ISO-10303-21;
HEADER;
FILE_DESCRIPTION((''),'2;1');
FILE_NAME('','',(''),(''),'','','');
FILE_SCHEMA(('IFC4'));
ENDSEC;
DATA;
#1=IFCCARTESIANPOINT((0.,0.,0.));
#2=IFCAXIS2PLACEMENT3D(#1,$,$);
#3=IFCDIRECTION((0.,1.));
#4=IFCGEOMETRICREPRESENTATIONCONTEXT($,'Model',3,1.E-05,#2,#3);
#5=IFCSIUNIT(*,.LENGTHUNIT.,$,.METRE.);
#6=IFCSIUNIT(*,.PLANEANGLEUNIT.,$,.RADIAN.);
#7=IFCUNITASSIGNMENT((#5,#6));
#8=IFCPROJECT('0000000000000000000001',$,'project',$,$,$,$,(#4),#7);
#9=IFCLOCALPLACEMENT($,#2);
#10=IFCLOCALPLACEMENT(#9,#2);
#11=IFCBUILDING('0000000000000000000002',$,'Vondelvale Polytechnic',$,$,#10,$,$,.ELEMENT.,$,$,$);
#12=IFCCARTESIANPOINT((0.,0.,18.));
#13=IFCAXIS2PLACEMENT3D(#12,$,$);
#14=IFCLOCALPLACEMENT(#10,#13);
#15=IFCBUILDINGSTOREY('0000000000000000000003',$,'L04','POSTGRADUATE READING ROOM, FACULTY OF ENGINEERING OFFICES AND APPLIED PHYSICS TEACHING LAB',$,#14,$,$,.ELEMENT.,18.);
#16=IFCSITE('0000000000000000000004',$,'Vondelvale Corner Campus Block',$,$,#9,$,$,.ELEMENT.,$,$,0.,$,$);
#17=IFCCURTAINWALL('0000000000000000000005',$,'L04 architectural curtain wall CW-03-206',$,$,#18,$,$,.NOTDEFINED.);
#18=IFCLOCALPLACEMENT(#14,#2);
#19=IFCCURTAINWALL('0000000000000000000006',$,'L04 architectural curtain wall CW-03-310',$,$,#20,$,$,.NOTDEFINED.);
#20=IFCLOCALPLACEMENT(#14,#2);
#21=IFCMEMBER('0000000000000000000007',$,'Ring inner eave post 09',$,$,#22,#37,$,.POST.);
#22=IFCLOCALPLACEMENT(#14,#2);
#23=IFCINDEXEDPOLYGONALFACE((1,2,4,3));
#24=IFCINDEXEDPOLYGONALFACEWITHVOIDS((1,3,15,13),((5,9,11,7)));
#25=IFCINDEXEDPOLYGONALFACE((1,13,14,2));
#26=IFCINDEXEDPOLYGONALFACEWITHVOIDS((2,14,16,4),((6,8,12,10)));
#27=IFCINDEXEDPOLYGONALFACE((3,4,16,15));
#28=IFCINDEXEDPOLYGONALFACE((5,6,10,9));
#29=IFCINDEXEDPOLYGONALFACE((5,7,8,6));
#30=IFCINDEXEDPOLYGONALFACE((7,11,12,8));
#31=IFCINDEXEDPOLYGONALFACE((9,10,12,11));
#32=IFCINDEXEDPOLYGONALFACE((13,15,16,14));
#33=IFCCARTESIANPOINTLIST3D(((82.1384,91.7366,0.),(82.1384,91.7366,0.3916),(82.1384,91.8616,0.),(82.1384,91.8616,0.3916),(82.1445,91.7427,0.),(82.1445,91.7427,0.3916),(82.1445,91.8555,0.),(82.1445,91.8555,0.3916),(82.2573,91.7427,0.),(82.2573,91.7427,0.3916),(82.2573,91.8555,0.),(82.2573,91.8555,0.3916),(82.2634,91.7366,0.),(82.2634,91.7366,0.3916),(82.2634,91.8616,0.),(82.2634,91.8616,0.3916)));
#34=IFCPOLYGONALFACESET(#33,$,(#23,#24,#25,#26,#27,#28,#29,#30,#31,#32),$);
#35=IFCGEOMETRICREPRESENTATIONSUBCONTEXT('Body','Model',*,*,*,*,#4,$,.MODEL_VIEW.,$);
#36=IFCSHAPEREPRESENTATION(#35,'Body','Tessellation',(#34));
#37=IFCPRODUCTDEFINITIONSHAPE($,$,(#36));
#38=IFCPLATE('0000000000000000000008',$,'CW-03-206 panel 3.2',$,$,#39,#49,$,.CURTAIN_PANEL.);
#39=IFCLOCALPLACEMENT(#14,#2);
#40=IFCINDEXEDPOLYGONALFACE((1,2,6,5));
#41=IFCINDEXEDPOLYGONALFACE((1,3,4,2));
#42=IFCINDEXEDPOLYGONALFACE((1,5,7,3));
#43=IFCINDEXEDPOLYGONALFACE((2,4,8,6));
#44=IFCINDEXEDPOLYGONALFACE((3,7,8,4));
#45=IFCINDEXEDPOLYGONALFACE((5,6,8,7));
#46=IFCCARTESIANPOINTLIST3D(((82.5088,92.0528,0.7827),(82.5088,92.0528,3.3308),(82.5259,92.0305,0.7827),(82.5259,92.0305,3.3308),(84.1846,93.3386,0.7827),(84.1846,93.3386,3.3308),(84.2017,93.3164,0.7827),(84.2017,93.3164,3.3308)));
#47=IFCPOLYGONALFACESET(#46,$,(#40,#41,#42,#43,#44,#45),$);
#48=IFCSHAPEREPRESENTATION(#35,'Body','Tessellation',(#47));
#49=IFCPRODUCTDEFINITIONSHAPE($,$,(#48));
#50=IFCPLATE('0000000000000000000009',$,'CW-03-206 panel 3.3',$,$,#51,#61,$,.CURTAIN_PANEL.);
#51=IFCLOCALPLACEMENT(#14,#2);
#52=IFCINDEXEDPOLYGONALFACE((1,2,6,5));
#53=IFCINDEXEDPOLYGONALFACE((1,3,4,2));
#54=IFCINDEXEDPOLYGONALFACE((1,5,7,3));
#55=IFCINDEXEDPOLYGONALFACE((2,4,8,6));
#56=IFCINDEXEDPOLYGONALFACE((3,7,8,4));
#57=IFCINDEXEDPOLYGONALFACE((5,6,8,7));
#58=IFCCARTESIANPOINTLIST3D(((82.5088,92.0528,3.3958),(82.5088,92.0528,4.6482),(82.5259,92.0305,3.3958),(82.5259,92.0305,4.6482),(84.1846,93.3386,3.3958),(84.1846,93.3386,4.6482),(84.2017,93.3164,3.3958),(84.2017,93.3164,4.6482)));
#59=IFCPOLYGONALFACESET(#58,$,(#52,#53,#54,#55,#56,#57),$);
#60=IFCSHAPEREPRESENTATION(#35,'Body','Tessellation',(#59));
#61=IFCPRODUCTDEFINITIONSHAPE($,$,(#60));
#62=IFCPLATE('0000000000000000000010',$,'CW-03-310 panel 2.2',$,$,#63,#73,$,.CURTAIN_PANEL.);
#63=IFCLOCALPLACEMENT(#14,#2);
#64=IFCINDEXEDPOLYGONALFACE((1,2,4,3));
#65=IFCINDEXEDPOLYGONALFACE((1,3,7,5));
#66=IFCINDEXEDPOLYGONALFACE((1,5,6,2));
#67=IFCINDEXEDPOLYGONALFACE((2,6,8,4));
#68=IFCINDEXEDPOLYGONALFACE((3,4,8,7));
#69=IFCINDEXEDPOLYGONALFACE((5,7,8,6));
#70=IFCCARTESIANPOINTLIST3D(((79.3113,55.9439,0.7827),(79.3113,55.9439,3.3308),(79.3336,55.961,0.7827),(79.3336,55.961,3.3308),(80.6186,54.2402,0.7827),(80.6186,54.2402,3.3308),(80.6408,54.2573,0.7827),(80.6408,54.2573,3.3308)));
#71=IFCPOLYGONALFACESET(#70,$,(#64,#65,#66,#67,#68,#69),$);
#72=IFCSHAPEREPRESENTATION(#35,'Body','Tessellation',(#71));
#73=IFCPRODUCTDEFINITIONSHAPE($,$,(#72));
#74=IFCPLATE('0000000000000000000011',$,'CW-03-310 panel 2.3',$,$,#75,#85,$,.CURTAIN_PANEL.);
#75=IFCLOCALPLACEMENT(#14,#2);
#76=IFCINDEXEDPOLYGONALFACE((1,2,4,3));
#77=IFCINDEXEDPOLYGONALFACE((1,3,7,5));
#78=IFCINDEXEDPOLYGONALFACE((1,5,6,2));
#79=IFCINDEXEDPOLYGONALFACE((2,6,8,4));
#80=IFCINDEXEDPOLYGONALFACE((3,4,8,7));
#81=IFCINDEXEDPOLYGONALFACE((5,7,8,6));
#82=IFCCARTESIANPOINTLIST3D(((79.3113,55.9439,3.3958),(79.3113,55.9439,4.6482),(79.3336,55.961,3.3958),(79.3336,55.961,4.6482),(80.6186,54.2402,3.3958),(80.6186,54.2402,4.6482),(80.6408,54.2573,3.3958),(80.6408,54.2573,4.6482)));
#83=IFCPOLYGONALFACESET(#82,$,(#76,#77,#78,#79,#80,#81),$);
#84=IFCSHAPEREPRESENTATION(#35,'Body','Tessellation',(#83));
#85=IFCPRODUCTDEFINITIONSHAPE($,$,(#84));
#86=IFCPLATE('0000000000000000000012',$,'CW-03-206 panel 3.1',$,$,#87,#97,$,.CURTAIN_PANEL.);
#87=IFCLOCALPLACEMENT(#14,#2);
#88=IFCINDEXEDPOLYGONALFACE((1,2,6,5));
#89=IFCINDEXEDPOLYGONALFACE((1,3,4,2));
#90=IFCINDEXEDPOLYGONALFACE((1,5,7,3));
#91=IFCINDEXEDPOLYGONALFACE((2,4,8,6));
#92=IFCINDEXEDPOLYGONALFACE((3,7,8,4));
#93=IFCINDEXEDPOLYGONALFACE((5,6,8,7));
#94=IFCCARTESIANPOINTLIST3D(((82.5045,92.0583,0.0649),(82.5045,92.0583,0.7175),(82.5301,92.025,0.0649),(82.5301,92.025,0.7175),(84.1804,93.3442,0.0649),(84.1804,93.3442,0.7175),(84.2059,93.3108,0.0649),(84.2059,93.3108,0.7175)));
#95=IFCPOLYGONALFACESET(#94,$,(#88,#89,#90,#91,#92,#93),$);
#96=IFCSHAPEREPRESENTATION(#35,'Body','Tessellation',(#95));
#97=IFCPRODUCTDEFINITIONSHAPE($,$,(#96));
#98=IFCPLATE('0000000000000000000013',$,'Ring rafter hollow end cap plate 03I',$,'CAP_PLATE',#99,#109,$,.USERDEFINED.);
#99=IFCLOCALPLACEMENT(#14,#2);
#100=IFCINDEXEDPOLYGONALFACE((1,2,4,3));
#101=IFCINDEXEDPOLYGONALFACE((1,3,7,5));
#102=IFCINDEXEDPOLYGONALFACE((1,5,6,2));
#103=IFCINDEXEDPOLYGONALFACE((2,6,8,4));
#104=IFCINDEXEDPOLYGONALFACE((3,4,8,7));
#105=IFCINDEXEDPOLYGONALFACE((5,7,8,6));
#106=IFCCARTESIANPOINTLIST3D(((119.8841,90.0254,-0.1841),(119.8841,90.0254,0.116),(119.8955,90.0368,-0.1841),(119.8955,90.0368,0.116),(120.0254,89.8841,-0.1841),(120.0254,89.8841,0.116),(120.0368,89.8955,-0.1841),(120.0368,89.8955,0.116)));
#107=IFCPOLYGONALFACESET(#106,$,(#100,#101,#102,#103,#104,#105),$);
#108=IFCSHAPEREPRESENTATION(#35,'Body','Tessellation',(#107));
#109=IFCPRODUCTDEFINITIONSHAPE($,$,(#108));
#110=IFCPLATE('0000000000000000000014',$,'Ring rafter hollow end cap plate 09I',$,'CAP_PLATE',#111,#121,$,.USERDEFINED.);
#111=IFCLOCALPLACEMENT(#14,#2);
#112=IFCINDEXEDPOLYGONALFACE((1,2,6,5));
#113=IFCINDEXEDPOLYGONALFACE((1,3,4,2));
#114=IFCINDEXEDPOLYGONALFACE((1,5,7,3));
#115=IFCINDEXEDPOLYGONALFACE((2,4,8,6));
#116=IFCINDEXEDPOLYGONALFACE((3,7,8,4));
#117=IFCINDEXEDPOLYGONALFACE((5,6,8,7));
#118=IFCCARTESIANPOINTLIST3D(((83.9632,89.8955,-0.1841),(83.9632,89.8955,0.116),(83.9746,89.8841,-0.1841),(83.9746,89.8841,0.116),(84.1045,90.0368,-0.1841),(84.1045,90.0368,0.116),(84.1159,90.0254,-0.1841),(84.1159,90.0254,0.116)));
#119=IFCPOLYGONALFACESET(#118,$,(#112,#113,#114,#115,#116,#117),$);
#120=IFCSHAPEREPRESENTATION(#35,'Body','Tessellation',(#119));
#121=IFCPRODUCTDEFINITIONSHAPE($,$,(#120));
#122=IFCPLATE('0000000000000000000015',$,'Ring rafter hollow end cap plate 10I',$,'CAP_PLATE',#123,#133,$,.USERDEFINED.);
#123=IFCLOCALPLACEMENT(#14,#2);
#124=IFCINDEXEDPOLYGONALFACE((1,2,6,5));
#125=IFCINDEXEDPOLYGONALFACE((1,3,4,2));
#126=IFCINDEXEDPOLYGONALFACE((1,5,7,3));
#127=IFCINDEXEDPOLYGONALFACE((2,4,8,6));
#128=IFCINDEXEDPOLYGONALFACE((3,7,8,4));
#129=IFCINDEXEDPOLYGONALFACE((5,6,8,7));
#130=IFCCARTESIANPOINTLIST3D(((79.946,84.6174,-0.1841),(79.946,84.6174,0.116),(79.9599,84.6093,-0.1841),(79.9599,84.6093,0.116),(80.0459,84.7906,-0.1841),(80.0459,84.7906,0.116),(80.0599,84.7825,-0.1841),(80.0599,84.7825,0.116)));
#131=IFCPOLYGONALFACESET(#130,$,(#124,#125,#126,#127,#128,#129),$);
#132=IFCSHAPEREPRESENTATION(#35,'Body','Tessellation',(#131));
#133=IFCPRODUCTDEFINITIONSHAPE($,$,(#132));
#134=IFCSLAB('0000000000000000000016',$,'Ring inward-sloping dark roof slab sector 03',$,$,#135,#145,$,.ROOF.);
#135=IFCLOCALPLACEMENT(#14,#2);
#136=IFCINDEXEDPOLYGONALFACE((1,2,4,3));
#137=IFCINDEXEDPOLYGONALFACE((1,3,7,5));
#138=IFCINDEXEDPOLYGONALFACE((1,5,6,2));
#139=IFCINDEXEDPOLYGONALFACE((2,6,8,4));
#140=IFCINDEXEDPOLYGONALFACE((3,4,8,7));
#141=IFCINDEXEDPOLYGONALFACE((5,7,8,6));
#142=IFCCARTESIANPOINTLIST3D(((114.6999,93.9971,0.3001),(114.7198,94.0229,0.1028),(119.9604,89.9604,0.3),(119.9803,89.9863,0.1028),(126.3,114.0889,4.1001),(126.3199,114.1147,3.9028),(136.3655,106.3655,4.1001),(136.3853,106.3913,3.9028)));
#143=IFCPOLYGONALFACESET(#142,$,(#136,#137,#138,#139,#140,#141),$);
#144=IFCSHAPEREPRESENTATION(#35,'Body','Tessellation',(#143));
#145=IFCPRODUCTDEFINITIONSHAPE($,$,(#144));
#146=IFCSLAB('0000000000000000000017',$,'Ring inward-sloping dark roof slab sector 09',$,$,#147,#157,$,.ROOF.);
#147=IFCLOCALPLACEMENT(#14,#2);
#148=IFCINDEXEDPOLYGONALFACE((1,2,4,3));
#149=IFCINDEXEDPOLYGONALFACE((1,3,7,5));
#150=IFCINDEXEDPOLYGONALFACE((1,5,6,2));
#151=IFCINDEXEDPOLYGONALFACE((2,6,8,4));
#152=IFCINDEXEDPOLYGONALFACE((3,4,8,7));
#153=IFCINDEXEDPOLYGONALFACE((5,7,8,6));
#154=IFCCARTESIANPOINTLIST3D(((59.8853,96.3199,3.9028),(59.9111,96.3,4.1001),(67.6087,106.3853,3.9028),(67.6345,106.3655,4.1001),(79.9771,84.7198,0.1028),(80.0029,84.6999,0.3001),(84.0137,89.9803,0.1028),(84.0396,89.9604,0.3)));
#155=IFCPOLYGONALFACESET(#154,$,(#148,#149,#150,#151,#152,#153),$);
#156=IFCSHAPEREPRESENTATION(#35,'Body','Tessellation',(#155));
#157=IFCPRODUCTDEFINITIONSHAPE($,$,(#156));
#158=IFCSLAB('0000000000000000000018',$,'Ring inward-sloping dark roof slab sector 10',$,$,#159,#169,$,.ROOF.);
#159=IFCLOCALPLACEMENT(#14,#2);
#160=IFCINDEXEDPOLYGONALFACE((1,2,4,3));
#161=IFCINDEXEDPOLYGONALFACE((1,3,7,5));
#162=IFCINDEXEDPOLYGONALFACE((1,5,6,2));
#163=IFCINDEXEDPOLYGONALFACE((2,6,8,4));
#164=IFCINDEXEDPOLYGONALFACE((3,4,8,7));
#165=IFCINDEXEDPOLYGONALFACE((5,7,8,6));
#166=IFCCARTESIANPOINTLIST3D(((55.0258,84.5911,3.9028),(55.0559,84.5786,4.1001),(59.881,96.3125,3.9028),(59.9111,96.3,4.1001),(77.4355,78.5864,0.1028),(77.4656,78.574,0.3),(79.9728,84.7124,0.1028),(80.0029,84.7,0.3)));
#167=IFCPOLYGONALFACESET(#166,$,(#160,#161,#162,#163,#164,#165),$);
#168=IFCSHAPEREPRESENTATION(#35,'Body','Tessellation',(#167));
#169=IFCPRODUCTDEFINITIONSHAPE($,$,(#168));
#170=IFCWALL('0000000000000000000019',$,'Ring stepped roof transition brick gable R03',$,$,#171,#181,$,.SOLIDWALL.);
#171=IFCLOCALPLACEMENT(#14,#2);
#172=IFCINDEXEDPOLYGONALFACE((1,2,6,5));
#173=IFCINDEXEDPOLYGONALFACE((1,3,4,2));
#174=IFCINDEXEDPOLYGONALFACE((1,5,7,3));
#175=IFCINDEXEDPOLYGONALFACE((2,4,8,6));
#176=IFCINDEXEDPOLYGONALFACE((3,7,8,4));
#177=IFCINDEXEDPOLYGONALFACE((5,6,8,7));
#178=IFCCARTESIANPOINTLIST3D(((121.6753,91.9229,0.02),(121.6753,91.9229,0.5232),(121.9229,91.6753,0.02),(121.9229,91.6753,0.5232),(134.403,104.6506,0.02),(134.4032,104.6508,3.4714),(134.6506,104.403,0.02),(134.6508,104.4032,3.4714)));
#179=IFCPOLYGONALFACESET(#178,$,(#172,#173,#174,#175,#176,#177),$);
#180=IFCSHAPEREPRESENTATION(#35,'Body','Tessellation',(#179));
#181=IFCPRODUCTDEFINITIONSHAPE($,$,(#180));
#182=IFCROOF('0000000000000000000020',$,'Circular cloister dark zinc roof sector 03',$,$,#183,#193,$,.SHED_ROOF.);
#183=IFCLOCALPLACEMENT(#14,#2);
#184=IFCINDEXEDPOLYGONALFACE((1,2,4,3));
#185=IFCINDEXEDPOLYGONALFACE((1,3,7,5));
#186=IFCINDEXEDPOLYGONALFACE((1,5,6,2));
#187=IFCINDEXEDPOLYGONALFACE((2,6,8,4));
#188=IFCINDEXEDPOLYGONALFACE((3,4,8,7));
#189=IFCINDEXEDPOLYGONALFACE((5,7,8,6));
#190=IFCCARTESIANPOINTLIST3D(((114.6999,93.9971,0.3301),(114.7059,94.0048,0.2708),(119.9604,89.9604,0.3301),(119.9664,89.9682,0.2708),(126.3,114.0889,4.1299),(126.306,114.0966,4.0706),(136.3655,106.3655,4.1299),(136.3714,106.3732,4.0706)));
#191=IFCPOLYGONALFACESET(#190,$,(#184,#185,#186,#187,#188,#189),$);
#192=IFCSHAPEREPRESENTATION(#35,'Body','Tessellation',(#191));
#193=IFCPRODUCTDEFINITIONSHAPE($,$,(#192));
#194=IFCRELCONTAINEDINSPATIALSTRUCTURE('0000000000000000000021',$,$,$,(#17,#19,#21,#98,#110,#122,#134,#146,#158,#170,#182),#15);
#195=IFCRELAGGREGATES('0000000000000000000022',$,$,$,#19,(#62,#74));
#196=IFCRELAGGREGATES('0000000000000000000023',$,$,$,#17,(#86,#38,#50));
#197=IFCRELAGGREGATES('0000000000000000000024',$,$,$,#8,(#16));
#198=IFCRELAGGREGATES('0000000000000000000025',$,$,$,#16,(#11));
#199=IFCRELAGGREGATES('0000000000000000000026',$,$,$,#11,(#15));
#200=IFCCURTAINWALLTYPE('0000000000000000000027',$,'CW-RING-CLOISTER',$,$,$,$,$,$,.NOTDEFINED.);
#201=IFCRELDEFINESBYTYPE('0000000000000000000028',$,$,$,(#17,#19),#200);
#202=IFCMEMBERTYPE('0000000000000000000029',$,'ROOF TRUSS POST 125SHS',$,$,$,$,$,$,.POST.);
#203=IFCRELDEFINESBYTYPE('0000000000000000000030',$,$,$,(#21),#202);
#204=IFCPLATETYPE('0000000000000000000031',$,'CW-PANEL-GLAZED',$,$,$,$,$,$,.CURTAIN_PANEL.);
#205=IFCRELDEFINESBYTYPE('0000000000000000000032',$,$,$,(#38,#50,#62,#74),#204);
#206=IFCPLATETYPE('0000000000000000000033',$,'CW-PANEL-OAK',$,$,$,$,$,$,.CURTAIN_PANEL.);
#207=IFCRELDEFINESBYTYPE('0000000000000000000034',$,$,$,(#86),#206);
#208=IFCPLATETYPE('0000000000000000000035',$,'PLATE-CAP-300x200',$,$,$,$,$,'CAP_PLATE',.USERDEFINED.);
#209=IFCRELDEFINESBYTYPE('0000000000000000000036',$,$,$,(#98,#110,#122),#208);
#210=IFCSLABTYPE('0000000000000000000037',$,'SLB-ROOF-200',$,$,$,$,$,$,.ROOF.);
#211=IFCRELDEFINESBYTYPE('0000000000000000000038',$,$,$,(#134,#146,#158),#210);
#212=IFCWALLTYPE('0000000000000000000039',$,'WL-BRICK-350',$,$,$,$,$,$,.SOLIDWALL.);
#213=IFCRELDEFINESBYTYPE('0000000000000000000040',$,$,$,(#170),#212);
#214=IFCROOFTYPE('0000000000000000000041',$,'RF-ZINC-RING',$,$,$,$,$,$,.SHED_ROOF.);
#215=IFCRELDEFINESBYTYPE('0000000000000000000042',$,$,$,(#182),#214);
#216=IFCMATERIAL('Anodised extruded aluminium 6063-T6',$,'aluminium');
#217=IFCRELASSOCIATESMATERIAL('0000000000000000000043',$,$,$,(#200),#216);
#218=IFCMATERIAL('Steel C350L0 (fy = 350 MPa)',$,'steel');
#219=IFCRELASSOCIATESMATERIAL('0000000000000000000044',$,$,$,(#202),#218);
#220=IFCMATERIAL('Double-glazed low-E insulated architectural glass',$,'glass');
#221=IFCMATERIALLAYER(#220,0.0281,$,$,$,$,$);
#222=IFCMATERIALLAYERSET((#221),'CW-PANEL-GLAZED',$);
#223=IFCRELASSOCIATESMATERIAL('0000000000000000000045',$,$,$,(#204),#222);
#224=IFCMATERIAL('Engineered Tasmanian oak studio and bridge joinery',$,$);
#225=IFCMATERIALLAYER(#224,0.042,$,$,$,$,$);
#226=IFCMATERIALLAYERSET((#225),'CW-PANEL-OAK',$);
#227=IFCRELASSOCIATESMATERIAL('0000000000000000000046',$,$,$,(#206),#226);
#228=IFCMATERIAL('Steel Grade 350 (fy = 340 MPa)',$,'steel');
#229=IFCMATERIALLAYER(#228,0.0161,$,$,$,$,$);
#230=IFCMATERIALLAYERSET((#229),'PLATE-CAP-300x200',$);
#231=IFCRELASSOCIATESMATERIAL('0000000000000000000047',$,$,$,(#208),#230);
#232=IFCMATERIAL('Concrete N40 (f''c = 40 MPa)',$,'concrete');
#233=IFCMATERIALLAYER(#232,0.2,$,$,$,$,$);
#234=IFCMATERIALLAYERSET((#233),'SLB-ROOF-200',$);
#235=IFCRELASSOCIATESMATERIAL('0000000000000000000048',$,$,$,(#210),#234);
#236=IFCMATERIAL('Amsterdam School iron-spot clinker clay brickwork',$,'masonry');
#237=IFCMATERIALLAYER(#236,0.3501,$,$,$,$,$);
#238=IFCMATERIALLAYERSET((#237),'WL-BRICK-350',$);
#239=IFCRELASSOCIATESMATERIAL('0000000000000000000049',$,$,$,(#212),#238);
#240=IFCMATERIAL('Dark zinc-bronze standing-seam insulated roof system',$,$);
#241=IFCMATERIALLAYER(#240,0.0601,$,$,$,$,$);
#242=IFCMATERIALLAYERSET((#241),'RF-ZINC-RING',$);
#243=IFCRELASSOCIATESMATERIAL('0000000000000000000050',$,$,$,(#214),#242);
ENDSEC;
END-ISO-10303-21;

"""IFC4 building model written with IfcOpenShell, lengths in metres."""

from ifc_helpers import new_model, si_unit, direction, frame, origin, origin_2d, place, context, subcontext, project, spatial, polyline, rectangle, hollow_rectangle, outline, extrude, material, layer, layer_set, material_profile, profile_set, type_object, element, aggregate, save


model = new_model("IFC4")

# Units and contexts
model_context = context("Model", 3, precision=1e-05, world=origin(), true_north=direction((0.0, 1.0)))
body_context = subcontext(model_context, "Body", "Model", "MODEL_VIEW")
ifc_project = project(units=[si_unit("LENGTHUNIT", "METRE"), si_unit("PLANEANGLEUNIT", "RADIAN")], contexts=[model_context])

# Site, building, storey
site_placement = place(None, origin())
site = spatial("IfcSite", under=ifc_project, at=site_placement, Name="Vondelvale Corner Campus Block", CompositionType="ELEMENT", RefElevation=0.0)
building_placement = place(site_placement, origin())
building = spatial("IfcBuilding", under=site, at=building_placement, Name="Vondelvale Polytechnic", CompositionType="ELEMENT")
storey_placement = place(building_placement, frame((0.0, 0.0, 18.0)))
storey = spatial("IfcBuildingStorey", under=building, at=storey_placement, Name="L04", Description="POSTGRADUATE READING ROOM, FACULTY OF ENGINEERING OFFICES AND APPLIED PHYSICS TEACHING LAB", CompositionType="ELEMENT", Elevation=18.0)

# Curtain walls
ifc_material_1 = material(Name="Anodised extruded aluminium 6063-T6", Category="aluminium")
curtain_wall_type = type_object("IfcCurtainWallType", Name="CW-RING-CLOISTER", PredefinedType="NOTDEFINED", material=ifc_material_1)
curtain_wall_1_placement = place(storey_placement, origin())
curtain_wall_1 = element("IfcCurtainWall", 1, at=curtain_wall_1_placement, inside=storey, type_object=curtain_wall_type, Name="L04 architectural curtain wall CW-03-206", PredefinedType="NOTDEFINED")
curtain_wall_2_placement = place(storey_placement, origin())
curtain_wall_2 = element("IfcCurtainWall", 2, at=curtain_wall_2_placement, inside=storey, type_object=curtain_wall_type, Name="L04 architectural curtain wall CW-03-310", PredefinedType="NOTDEFINED")

# Member
ifc_material_2 = material(Name="Steel C350L0 (fy = 350 MPa)", Category="steel")
ifc_material_profile_1 = material_profile(ifc_material_2, hollow_rectangle(XDim=0.125, YDim=0.125, WallThickness=0.0061, at=origin_2d()), Name="125x125x6.0SHS")
ifc_profile_set_1 = profile_set([ifc_material_profile_1], Name="Steel C350L0 (fy = 350 MPa)")
member_type_1 = type_object("IfcMemberType", Name="ROOF TRUSS POST 125SHS", PredefinedType="POST", material=ifc_profile_set_1)
for number, where, z_axis, x_axis, name in (
    (3, (82.2009, 91.7991, 0.0), (0.0, 0.0, 1.0), (1.0, 0.0, 0.0), "Ring inner eave post 09"),
):
    element("IfcMember", number, at=place(storey_placement, frame(where, z_axis=z_axis, x_axis=x_axis)), inside=storey, type_object=member_type_1, Name=name, PredefinedType="POST", context=body_context, shape_type="SweptSolid", body=[
        extrude(hollow_rectangle(XDim=0.125, YDim=0.125, WallThickness=0.0061, at=origin_2d()), origin(), (0.0, 0.0, 1.0), 0.3916),
    ])

# Plates
ifc_material_3 = material(Name="Double-glazed low-E insulated architectural glass", Category="glass")
ifc_layer_1 = layer(ifc_material_3, 0.0281)
ifc_layer_set_1 = layer_set([ifc_layer_1], Name="CW-PANEL-GLAZED")
plate_type_1 = type_object("IfcPlateType", Name="CW-PANEL-GLAZED", PredefinedType="CURTAIN_PANEL", material=ifc_layer_set_1)
plate_1_placement = place(storey_placement, frame((83.3552, 92.6846, 0.7827), z_axis=(0.0, 0.0, 1.0), x_axis=(-0.793364, -0.608748, 0.0)))
plate_1 = element("IfcPlate", 4, at=plate_1_placement, type_object=plate_type_1, Name="CW-03-206 panel 3.2", PredefinedType="CURTAIN_PANEL", context=body_context, shape_type="SweptSolid", body=[
    extrude(rectangle(XDim=2.1123, YDim=0.0281, at=origin_2d()), origin(), (0.0, 0.0, 1.0), 2.5481),
])
plate_2_placement = place(storey_placement, frame((83.3552, 92.6846, 3.3958), z_axis=(0.0, 0.0, 1.0), x_axis=(-0.793364, -0.608748, 0.0)))
plate_2 = element("IfcPlate", 5, at=plate_2_placement, type_object=plate_type_1, Name="CW-03-206 panel 3.3", PredefinedType="CURTAIN_PANEL", context=body_context, shape_type="SweptSolid", body=[
    extrude(rectangle(XDim=2.1123, YDim=0.0281, at=origin_2d()), origin(), (0.0, 0.0, 1.0), 1.2524),
])
plate_3_placement = place(storey_placement, frame((79.9761, 55.1006, 0.7827), z_axis=(0.0, 0.0, 1.0), x_axis=(0.608748, -0.793364, 0.0)))
plate_3 = element("IfcPlate", 6, at=plate_3_placement, type_object=plate_type_1, Name="CW-03-310 panel 2.2", PredefinedType="CURTAIN_PANEL", context=body_context, shape_type="SweptSolid", body=[
    extrude(rectangle(XDim=2.1475, YDim=0.0281, at=origin_2d()), origin(), (0.0, 0.0, 1.0), 2.5481),
])
plate_4_placement = place(storey_placement, frame((79.9761, 55.1006, 3.3958), z_axis=(0.0, 0.0, 1.0), x_axis=(0.608748, -0.793364, 0.0)))
plate_4 = element("IfcPlate", 7, at=plate_4_placement, type_object=plate_type_1, Name="CW-03-310 panel 2.3", PredefinedType="CURTAIN_PANEL", context=body_context, shape_type="SweptSolid", body=[
    extrude(rectangle(XDim=2.1475, YDim=0.0281, at=origin_2d()), origin(), (0.0, 0.0, 1.0), 1.2524),
])
aggregate(curtain_wall_2, [plate_3, plate_4])
ifc_material_4 = material(Name="Engineered Tasmanian oak studio and bridge joinery")
ifc_layer_2 = layer(ifc_material_4, 0.042)
ifc_layer_set_2 = layer_set([ifc_layer_2], Name="CW-PANEL-OAK")
plate_type_2 = type_object("IfcPlateType", Name="CW-PANEL-OAK", PredefinedType="CURTAIN_PANEL", material=ifc_layer_set_2)
plate_5_placement = place(storey_placement, frame((83.3552, 92.6846, 0.0649), z_axis=(0.0, 0.0, 1.0), x_axis=(-0.793364, -0.608748, 0.0)))
plate_5 = element("IfcPlate", 8, at=plate_5_placement, type_object=plate_type_2, Name="CW-03-206 panel 3.1", PredefinedType="CURTAIN_PANEL", context=body_context, shape_type="SweptSolid", body=[
    extrude(rectangle(XDim=2.1123, YDim=0.042, at=origin_2d()), origin(), (0.0, 0.0, 1.0), 0.6526),
])
aggregate(curtain_wall_1, [plate_5, plate_1, plate_2])

# Plates
ifc_material_5 = material(Name="Steel Grade 350 (fy = 340 MPa)", Category="steel")
ifc_layer_3 = layer(ifc_material_5, 0.0161)
ifc_layer_set_3 = layer_set([ifc_layer_3], Name="PLATE-CAP-300x200")
plate_type_3 = type_object("IfcPlateType", Name="PLATE-CAP-300x200", ElementType="CAP_PLATE", PredefinedType="USERDEFINED", material=ifc_layer_set_3)
for number, where, z_axis, x_axis, name in (
    (9, (119.9604, 89.9604, -0.1841), (0.0, 0.0, 1.0), (-0.707107, -0.707107, 0.0), "Ring rafter hollow end cap plate 03I"),
    (10, (84.0396, 89.9604, -0.1841), (0.0, 0.0, 1.0), (0.707107, -0.707107, 0.0), "Ring rafter hollow end cap plate 09I"),
    (11, (80.0029, 84.7, -0.1841), (0.0, 0.0, 1.0), (0.866025, -0.5, 0.0), "Ring rafter hollow end cap plate 10I"),
):
    element("IfcPlate", number, at=place(storey_placement, frame(where, z_axis=z_axis, x_axis=x_axis)), inside=storey, type_object=plate_type_3, Name=name, ObjectType="CAP_PLATE", PredefinedType="USERDEFINED", context=body_context, shape_type="SweptSolid", body=[
        extrude(rectangle(XDim=0.0161, YDim=0.2, at=origin_2d()), origin(), (0.0, 0.0, 1.0), 0.3),
    ])

# Slabs
ifc_material_6 = material(Name="Concrete N40 (f'c = 40 MPa)", Category="concrete")
ifc_layer_4 = layer(ifc_material_6, 0.2)
ifc_layer_set_4 = layer_set([ifc_layer_4], Name="SLB-ROOF-200")
slab_type = type_object("IfcSlabType", Name="SLB-ROOF-200", PredefinedType="ROOF", material=ifc_layer_set_4)
for number, where, z_axis, x_axis, name in (
    (12, (119.9604, 89.9604, 0.3), (-0.099227, -0.129315, 0.986626), (0.697808, 0.697808, 0.16164), "Ring inward-sloping dark roof slab sector 03"),
    (13, (84.0396, 89.9604, 0.3), (0.129315, -0.099227, 0.986626), (-0.697808, 0.697808, 0.16164), "Ring inward-sloping dark roof slab sector 09"),
):
    element("IfcSlab", number, at=place(storey_placement, frame(where, z_axis=z_axis, x_axis=x_axis)), inside=storey, type_object=slab_type, Name=name, PredefinedType="ROOF", context=body_context, shape_type="SweptSolid", body=[
        extrude(outline(polyline([(0.0, 0.0), (23.5094, 0.0), (21.8751, 12.5814), (-0.854, 6.5755), (0.0, 0.0)])), origin(), (0.0, 0.0, -1.0), 0.2),
    ])
slab_placement = place(storey_placement, frame((80.0029, 84.7, 0.3), z_axis=(0.150591, -0.062376, 0.986626), x_axis=(-0.854635, 0.493428, 0.16164)))
element("IfcSlab", 14, at=slab_placement, inside=storey, type_object=slab_type, Name="Ring inward-sloping dark roof slab sector 10", PredefinedType="ROOF", context=body_context, shape_type="SweptSolid", body=[
    extrude(outline(polyline([(0.0, 0.0), (23.5092, 0.0), (21.875, 12.5815), (-0.8542, 6.5754), (0.0, 0.0)])), origin(), (0.0, 0.0, -1.0), 0.2),
])

# Wall
ifc_material_7 = material(Name="Amsterdam School iron-spot clinker clay brickwork", Category="masonry")
ifc_layer_5 = layer(ifc_material_7, 0.3501)
ifc_layer_set_5 = layer_set([ifc_layer_5], Name="WL-BRICK-350")
wall_type = type_object("IfcWallType", Name="WL-BRICK-350", PredefinedType="SOLIDWALL", material=ifc_layer_set_5)
wall_placement = place(storey_placement, frame((121.7991, 91.7991, 0.02), z_axis=(0.0, 0.0, 1.0), x_axis=(0.707107, 0.707107, 0.0)))
element("IfcWall", 15, at=wall_placement, inside=storey, type_object=wall_type, Name="Ring stepped roof transition brick gable R03", PredefinedType="SOLIDWALL", context=body_context, shape_type="SweptSolid", body=[
    extrude(outline(polyline([(0.0, 0.0), (17.9998, 0.0), (18.0, 3.4514), (0.0, 0.5032), (0.0, 0.0)])), frame((0.0, 0.175, 0.0), z_axis=(0.0, -1.0, 0.0), x_axis=(1.0, 0.0, 0.0)), (0.0, 0.0, 1.0), 0.3501),
])

# Roof
ifc_material_8 = material(Name="Dark zinc-bronze standing-seam insulated roof system")
ifc_layer_6 = layer(ifc_material_8, 0.0601)
ifc_layer_set_6 = layer_set([ifc_layer_6], Name="RF-ZINC-RING")
roof_type = type_object("IfcRoofType", Name="RF-ZINC-RING", PredefinedType="SHED_ROOF", material=ifc_layer_set_6)
for number, where, z_axis, x_axis, name in (
    (16, (119.9604, 89.9604, 0.3301), (-0.099221, -0.129307, 0.986628), (0.697809, 0.697809, 0.16163), "Circular cloister dark zinc roof sector 03"),
):
    element("IfcRoof", number, at=place(storey_placement, frame(where, z_axis=z_axis, x_axis=x_axis)), inside=storey, type_object=roof_type, Name=name, PredefinedType="SHED_ROOF", context=body_context, shape_type="SweptSolid", body=[
        extrude(outline(polyline([(0.0, 0.0), (23.5093, 0.0), (21.875, 12.5814), (-0.854, 6.5755), (0.0, 0.0)])), origin(), (0.0, 0.0, -1.0), 0.0601),
    ])

save(model, "model.ifc")
